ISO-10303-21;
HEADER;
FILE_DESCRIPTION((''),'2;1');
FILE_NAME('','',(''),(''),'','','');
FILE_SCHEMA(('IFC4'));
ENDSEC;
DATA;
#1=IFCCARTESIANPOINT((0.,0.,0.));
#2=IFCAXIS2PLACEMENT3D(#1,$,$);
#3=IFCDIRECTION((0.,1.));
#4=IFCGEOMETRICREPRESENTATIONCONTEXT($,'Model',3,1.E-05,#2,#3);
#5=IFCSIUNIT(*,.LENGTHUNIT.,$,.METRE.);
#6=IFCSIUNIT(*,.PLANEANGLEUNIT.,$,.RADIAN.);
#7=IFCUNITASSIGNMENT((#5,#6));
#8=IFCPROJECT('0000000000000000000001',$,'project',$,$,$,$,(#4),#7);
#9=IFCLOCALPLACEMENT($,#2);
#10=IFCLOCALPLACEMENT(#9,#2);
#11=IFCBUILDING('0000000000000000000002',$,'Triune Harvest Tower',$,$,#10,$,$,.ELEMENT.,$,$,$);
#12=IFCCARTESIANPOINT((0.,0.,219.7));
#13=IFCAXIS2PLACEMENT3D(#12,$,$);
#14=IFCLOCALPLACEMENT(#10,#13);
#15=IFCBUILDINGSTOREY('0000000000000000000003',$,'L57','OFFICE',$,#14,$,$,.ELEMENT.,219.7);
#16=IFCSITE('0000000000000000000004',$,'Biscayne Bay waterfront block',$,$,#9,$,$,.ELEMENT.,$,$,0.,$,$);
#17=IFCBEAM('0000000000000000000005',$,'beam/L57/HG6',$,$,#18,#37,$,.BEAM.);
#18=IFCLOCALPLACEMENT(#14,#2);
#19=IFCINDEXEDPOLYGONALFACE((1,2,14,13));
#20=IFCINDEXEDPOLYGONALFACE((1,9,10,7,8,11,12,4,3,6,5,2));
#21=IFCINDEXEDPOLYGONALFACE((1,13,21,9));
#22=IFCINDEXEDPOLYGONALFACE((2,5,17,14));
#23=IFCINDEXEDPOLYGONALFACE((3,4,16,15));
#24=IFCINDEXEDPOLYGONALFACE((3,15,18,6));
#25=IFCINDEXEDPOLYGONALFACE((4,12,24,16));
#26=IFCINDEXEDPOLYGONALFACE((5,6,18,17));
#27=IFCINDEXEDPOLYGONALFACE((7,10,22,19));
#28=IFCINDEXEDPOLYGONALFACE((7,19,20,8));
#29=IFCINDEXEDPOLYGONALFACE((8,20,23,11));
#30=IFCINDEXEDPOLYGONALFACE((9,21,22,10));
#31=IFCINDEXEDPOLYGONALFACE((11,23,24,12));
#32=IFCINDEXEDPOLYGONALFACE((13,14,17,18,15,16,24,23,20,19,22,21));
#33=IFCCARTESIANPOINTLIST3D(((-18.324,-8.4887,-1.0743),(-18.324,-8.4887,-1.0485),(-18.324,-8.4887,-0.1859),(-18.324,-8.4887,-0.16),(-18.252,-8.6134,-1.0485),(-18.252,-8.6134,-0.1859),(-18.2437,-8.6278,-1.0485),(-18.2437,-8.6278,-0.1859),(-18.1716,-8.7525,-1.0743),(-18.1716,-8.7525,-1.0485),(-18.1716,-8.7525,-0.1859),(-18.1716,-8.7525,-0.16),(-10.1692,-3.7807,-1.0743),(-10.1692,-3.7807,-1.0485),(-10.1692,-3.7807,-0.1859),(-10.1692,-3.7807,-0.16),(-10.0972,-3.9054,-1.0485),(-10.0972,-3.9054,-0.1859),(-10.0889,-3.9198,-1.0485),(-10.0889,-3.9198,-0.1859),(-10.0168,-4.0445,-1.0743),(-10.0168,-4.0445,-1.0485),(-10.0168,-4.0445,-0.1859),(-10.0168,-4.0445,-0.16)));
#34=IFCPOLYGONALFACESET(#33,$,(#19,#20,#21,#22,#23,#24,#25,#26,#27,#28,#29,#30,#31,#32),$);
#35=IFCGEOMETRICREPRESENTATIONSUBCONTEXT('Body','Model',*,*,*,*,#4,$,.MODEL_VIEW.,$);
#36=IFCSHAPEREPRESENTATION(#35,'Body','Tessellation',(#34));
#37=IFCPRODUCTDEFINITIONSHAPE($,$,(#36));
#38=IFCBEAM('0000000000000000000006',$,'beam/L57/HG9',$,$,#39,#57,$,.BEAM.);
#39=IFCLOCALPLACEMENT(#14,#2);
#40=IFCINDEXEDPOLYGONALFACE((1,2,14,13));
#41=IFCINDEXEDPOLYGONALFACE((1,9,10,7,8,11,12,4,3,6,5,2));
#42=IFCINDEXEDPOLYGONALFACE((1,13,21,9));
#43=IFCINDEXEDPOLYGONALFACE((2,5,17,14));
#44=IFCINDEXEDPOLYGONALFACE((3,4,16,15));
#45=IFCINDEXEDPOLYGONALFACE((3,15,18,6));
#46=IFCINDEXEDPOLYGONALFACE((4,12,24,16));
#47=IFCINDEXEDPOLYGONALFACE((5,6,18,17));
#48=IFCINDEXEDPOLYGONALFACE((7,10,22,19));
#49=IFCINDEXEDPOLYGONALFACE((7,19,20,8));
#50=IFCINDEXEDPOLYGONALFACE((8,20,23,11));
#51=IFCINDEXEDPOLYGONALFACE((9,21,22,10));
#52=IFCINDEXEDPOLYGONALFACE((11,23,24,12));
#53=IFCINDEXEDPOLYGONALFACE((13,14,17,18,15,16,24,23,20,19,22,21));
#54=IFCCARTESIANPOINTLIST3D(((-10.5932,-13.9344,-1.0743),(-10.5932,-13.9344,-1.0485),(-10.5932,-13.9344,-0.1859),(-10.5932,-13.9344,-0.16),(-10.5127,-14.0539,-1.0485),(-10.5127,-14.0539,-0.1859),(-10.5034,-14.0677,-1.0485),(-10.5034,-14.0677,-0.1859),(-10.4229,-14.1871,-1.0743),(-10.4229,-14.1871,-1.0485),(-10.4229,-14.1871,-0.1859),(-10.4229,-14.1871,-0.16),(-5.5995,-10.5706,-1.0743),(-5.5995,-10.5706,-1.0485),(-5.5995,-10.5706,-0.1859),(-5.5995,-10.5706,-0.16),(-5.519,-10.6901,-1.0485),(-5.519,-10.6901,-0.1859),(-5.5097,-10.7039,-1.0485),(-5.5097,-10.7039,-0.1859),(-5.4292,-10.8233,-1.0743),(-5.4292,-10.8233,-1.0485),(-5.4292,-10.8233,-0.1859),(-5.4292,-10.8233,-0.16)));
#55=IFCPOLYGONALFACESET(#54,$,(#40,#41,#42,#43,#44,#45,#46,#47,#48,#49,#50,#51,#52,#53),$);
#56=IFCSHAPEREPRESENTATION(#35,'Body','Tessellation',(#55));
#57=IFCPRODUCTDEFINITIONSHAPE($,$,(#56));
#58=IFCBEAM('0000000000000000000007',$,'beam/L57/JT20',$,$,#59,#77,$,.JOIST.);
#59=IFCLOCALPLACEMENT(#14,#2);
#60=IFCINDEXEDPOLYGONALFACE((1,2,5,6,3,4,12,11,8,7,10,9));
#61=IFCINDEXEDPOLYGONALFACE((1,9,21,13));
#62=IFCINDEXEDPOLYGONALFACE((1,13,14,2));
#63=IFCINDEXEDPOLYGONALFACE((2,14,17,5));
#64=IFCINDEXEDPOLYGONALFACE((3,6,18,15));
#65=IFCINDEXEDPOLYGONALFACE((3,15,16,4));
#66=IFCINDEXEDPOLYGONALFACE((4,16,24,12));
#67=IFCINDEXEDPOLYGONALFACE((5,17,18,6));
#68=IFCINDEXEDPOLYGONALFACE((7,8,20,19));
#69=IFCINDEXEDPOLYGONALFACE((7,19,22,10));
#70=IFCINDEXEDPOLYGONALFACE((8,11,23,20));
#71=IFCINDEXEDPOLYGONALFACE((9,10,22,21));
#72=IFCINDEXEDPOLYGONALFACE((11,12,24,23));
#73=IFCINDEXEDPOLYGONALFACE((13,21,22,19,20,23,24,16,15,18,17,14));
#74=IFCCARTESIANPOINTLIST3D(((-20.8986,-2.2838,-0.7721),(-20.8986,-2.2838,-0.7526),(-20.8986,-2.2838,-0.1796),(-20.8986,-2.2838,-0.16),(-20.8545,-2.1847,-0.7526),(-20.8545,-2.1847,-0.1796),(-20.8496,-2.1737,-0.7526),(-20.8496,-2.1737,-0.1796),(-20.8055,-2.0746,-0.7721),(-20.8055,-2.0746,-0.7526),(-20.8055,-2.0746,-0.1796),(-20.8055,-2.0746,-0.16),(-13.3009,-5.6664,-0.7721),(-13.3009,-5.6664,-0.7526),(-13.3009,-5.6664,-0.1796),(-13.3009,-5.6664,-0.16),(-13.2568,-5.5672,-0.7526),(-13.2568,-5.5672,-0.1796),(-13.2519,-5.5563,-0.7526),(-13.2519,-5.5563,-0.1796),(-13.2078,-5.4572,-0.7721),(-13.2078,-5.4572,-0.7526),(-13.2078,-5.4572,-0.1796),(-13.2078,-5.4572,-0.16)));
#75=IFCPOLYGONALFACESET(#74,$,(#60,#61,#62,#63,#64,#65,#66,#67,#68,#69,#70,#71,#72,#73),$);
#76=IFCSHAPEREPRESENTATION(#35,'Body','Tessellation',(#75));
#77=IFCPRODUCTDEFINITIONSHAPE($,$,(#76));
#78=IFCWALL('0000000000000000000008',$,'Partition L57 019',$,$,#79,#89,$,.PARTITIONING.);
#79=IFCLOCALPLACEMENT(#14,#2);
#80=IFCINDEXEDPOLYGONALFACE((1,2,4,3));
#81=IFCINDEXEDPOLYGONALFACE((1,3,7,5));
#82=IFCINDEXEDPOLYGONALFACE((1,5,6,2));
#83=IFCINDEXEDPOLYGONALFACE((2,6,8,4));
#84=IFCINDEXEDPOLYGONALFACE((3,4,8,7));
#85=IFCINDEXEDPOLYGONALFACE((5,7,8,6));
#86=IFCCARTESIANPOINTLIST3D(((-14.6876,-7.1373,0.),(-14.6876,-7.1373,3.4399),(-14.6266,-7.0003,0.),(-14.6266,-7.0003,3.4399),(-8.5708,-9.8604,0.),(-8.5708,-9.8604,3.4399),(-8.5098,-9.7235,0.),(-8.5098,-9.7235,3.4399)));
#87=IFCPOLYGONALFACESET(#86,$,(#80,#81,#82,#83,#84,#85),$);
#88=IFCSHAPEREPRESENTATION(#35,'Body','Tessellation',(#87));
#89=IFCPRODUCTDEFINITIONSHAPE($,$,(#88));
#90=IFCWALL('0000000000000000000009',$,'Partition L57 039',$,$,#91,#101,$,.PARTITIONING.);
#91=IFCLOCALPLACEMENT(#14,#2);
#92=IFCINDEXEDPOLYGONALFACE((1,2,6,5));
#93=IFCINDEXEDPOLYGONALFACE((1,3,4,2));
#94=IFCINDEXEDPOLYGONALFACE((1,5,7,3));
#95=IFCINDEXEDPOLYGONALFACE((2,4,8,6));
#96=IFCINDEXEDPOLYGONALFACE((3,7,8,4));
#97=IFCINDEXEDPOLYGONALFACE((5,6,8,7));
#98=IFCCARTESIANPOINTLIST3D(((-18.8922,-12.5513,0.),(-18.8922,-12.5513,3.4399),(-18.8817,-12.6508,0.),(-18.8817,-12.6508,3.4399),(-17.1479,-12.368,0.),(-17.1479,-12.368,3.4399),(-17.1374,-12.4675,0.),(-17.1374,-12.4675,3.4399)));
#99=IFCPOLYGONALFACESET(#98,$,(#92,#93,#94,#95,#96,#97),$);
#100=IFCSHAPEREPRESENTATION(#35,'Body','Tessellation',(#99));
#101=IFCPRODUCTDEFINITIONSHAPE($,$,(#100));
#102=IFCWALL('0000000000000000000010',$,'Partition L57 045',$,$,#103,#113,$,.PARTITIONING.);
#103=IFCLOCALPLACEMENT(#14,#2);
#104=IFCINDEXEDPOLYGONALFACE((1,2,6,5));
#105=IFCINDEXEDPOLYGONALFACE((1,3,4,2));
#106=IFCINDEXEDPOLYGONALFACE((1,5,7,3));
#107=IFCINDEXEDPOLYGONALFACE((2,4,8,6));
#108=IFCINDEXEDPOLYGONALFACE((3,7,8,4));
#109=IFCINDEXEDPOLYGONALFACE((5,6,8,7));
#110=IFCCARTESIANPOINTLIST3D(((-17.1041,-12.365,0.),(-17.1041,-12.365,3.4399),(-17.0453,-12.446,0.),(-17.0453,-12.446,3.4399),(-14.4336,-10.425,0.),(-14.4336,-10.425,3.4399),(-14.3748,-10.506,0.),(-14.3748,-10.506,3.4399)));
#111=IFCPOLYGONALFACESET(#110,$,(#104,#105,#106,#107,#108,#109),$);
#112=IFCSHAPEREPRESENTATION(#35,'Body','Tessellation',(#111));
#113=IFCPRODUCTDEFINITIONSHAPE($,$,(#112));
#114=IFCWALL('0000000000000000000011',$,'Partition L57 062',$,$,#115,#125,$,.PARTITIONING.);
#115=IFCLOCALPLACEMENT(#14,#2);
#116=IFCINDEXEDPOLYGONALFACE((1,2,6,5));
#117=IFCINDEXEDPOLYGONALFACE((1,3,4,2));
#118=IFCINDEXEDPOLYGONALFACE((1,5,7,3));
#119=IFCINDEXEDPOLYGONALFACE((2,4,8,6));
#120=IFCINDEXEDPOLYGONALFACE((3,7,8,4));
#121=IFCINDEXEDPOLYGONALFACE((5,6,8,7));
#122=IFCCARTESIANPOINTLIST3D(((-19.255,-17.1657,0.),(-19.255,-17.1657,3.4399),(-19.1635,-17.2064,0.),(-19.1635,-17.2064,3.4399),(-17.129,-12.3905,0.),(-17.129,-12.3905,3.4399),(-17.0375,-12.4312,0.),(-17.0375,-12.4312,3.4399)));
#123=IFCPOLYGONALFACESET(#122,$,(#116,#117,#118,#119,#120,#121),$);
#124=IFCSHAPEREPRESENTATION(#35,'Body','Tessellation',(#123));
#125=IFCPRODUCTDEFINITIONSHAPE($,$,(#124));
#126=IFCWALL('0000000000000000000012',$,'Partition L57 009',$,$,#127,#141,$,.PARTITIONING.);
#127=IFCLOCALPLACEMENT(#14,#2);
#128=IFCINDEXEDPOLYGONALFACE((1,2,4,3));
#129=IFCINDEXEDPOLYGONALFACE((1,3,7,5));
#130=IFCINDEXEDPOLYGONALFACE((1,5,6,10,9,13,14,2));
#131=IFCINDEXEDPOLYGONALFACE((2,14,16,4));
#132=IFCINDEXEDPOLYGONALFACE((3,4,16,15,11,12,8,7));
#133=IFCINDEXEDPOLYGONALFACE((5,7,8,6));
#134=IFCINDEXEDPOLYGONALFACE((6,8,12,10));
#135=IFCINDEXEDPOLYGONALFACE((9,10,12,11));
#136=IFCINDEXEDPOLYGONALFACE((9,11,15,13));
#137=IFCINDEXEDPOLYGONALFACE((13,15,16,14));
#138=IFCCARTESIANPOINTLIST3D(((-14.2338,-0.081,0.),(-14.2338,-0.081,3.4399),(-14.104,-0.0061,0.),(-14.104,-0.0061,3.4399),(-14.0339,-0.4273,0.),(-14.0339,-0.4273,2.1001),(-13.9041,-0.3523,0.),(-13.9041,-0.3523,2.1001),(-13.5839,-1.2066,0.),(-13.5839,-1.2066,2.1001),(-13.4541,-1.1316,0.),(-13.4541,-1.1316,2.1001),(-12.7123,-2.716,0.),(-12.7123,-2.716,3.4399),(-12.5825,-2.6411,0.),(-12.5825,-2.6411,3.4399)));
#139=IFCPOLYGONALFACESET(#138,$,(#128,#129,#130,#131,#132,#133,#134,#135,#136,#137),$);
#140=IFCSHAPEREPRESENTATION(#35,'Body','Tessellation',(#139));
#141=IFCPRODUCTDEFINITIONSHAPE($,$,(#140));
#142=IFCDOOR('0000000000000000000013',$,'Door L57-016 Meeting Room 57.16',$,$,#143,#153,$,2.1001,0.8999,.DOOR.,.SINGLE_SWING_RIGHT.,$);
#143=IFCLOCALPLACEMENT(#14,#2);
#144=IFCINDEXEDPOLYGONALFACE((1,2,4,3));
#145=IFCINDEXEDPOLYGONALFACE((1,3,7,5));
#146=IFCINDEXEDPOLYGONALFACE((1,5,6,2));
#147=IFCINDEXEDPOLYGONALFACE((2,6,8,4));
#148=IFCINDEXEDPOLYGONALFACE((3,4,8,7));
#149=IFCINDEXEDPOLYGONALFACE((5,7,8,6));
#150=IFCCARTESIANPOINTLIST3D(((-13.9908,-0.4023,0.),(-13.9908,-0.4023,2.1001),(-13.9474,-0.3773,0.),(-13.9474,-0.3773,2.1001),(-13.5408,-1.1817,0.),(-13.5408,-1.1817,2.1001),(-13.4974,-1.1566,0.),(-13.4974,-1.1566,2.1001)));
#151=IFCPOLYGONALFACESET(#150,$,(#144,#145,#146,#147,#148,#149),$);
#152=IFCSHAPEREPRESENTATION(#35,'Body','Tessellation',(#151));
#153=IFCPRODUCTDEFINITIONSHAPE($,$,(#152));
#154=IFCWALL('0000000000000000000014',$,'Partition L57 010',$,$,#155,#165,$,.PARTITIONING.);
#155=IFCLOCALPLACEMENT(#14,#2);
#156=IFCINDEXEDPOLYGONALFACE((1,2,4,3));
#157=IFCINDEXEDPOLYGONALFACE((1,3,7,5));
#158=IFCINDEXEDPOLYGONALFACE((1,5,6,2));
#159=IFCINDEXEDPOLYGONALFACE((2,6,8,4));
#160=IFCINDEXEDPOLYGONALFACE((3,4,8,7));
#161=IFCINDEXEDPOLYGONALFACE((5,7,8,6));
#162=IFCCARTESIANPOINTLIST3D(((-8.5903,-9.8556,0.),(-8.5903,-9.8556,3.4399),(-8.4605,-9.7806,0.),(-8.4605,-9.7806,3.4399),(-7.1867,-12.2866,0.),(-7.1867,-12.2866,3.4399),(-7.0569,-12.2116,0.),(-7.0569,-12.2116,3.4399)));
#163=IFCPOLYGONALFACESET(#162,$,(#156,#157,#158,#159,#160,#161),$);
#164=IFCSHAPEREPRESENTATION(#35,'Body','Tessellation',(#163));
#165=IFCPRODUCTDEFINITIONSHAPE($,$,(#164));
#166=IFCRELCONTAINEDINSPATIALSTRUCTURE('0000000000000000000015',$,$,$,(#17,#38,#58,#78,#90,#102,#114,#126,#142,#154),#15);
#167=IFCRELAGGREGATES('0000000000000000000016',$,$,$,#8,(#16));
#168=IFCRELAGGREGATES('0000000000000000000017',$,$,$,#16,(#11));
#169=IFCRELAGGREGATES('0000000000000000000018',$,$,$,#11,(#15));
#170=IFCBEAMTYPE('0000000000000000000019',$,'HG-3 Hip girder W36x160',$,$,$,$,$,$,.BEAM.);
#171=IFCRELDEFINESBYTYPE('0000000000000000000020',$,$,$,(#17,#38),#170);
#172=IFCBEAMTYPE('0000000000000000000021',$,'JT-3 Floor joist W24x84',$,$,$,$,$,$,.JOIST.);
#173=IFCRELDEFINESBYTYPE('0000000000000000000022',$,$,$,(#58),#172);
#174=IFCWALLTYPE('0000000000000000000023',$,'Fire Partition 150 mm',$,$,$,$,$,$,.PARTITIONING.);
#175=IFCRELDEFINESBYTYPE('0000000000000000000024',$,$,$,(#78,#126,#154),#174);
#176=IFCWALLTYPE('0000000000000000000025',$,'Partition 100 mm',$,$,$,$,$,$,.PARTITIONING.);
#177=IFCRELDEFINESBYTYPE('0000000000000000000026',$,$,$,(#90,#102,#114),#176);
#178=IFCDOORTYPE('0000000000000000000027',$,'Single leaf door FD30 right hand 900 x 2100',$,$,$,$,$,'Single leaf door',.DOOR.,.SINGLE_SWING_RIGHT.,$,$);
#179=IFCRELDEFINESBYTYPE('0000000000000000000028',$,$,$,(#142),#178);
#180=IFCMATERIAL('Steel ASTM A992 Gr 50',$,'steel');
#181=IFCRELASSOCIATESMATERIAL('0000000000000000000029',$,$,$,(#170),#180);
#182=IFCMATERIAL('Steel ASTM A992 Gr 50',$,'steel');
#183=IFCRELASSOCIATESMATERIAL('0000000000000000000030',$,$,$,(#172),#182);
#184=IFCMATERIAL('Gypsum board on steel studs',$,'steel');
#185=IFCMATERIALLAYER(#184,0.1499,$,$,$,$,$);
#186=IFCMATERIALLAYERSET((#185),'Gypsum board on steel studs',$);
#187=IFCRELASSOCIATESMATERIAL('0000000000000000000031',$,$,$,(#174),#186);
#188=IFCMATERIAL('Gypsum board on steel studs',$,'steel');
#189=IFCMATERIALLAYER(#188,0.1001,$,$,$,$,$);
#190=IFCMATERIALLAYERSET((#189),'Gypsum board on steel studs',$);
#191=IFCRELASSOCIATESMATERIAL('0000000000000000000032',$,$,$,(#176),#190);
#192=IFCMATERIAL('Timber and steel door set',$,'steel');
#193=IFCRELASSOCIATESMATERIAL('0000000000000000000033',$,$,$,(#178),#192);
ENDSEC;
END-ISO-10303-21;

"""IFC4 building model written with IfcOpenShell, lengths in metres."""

from ifc_helpers import new_model, si_unit, direction, frame, frame_2d, origin, origin_2d, place, context, subcontext, project, spatial, rectangle, i_section, extrude, source, transform, mapped, material, layer, layer_set, material_profile, profile_set, type_object, element, fill, save


model = new_model("IFC4")

# Units and contexts
model_context = context("Model", 3, precision=1e-05, world=origin(), true_north=direction((0.0, 1.0)))
body_context = subcontext(model_context, "Body", "Model", "MODEL_VIEW")
ifc_project = project(units=[si_unit("LENGTHUNIT", "METRE"), si_unit("PLANEANGLEUNIT", "RADIAN")], contexts=[model_context])

# Site, building, storey
site_placement = place(None, origin())
site = spatial("IfcSite", under=ifc_project, at=site_placement, Name="Biscayne Bay waterfront block", CompositionType="ELEMENT", RefElevation=0.0)
building_placement = place(site_placement, origin())
building = spatial("IfcBuilding", under=site, at=building_placement, Name="Triune Harvest Tower", CompositionType="ELEMENT")
storey_placement = place(building_placement, frame((0.0, 0.0, 219.7)))
storey = spatial("IfcBuildingStorey", under=building, at=storey_placement, Name="L57", Description="OFFICE", CompositionType="ELEMENT", Elevation=219.7)

# Beams
ifc_material_1 = material(Name="Steel ASTM A992 Gr 50", Category="steel")
ifc_material_profile_1 = material_profile(ifc_material_1, i_section(OverallWidth=0.3047, OverallDepth=0.9143, WebThickness=0.0166, FlangeThickness=0.0259, at=origin_2d()), Name="W36x160")
ifc_profile_set_1 = profile_set([ifc_material_profile_1], Name="Steel ASTM A992 Gr 50")
beam_type_1 = type_object("IfcBeamType", Name="HG-3 Hip girder W36x160", PredefinedType="BEAM", material=ifc_profile_set_1)
shared_shape_1 = source(origin(), body_context, "Body", "SweptSolid", [
    extrude(i_section(OverallWidth=0.3047, OverallDepth=0.9143, WebThickness=0.0166, FlangeThickness=0.0259, at=origin_2d()), origin(), (0.0, 0.0, 1.0), 9.4163),
])
beam_1_placement = place(storey_placement, frame((-18.2478, -8.6206, -0.6172), z_axis=(0.866033, 0.499987, 0.0), x_axis=(-0.499987, 0.866033, 0.0)))
element("IfcBeam", 1, at=beam_1_placement, inside=storey, type_object=beam_type_1, Name="beam/L57/HG6", PredefinedType="BEAM", context=body_context, shape_type="MappedRepresentation", body=[
    mapped(shared_shape_1, transform((0.0, 0.0, 0.0), scale=1.0)),
])
shared_shape_2 = source(origin(), body_context, "Body", "SweptSolid", [
    extrude(i_section(OverallWidth=0.3047, OverallDepth=0.9143, WebThickness=0.0166, FlangeThickness=0.0259, at=origin_2d()), origin(), (0.0, 0.0, 1.0), 6.021),
])
beam_2_placement = place(storey_placement, frame((-10.5081, -14.0608, -0.6172), z_axis=(0.829383, 0.55868, 0.0), x_axis=(-0.55868, 0.829383, 0.0)))
element("IfcBeam", 2, at=beam_2_placement, inside=storey, type_object=beam_type_1, Name="beam/L57/HG9", PredefinedType="BEAM", context=body_context, shape_type="MappedRepresentation", body=[
    mapped(shared_shape_2, transform((0.0, 0.0, 0.0), scale=1.0)),
])
ifc_material_2 = material(Name="Steel ASTM A992 Gr 50", Category="steel")
ifc_material_profile_2 = material_profile(ifc_material_2, i_section(OverallWidth=0.229, OverallDepth=0.6121, WebThickness=0.012, FlangeThickness=0.0195, at=origin_2d()), Name="W24x84")
ifc_profile_set_2 = profile_set([ifc_material_profile_2], Name="Steel ASTM A992 Gr 50")
beam_type_2 = type_object("IfcBeamType", Name="JT-3 Floor joist W24x84", PredefinedType="JOIST", material=ifc_profile_set_2)
shared_shape_3 = source(origin(), body_context, "Body", "SweptSolid", [
    extrude(i_section(OverallWidth=0.229, OverallDepth=0.6121, WebThickness=0.012, FlangeThickness=0.0195, at=origin_2d()), origin(), (0.0, 0.0, 1.0), 8.3167),
])
beam_3_placement = place(storey_placement, frame((-20.8521, -2.1792, -0.4661), z_axis=(0.913551, -0.406724, 0.0), x_axis=(0.406724, 0.913551, 0.0)))
element("IfcBeam", 3, at=beam_3_placement, inside=storey, type_object=beam_type_2, Name="beam/L57/JT20", PredefinedType="JOIST", context=body_context, shape_type="MappedRepresentation", body=[
    mapped(shared_shape_3, transform((0.0, 0.0, 0.0), scale=1.0)),
])

# Walls
ifc_material_3 = material(Name="Gypsum board on steel studs", Category="steel")
ifc_layer_1 = layer(ifc_material_3, 0.1499)
ifc_layer_set_1 = layer_set([ifc_layer_1], Name="Gypsum board on steel studs")
wall_type_1 = type_object("IfcWallType", Name="Fire Partition 150 mm", PredefinedType="PARTITIONING", material=ifc_layer_set_1)
wall_1_placement = place(storey_placement, frame((-14.657, -7.0688, 0.0), z_axis=(0.0, 0.0, 1.0), x_axis=(0.913556, -0.406714, 0.0)))
element("IfcWall", 4, at=wall_1_placement, inside=storey, type_object=wall_type_1, Name="Partition L57 019", PredefinedType="PARTITIONING", context=body_context, shape_type="SweptSolid", body=[
    extrude(rectangle(XDim=6.6956, YDim=0.1499, at=frame_2d((3.3477, 0.0))), origin(), (0.0, 0.0, 1.0), 3.4399),
])
ifc_material_4 = material(Name="Gypsum board on steel studs", Category="steel")
ifc_layer_2 = layer(ifc_material_4, 0.1001)
ifc_layer_set_2 = layer_set([ifc_layer_2], Name="Gypsum board on steel studs")
wall_type_2 = type_object("IfcWallType", Name="Partition 100 mm", PredefinedType="PARTITIONING", material=ifc_layer_set_2)
wall_2_placement = place(storey_placement, frame((-18.887, -12.6011, 0.0), z_axis=(0.0, 0.0, 1.0), x_axis=(0.994521, 0.104533, 0.0)))
element("IfcWall", 5, at=wall_2_placement, inside=storey, type_object=wall_type_2, Name="Partition L57 039", PredefinedType="PARTITIONING", context=body_context, shape_type="SweptSolid", body=[
    extrude(rectangle(XDim=1.7539, YDim=0.1001, at=frame_2d((0.877, 0.0))), origin(), (0.0, 0.0, 1.0), 3.4399),
])
wall_3_placement = place(storey_placement, frame((-17.0747, -12.4055, 0.0), z_axis=(0.0, 0.0, 1.0), x_axis=(0.809049, 0.587741, 0.0)))
element("IfcWall", 6, at=wall_3_placement, inside=storey, type_object=wall_type_2, Name="Partition L57 045", PredefinedType="PARTITIONING", context=body_context, shape_type="SweptSolid", body=[
    extrude(rectangle(XDim=3.3008, YDim=0.1001, at=frame_2d((1.6504, 0.0))), origin(), (0.0, 0.0, 1.0), 3.4399),
])
wall_4_placement = place(storey_placement, frame((-19.2092, -17.186, 0.0), z_axis=(0.0, 0.0, 1.0), x_axis=(0.406728, 0.913549, 0.0)))
element("IfcWall", 7, at=wall_4_placement, inside=storey, type_object=wall_type_2, Name="Partition L57 062", PredefinedType="PARTITIONING", context=body_context, shape_type="SweptSolid", body=[
    extrude(rectangle(XDim=5.2271, YDim=0.1001, at=frame_2d((2.6135, 0.0))), origin(), (0.0, 0.0, 1.0), 3.4399),
])

# Wall, opening, door
shared_shape_4 = source(origin(), body_context, "Body", "SweptSolid", [
    extrude(rectangle(XDim=3.0427, YDim=0.1499, at=frame_2d((1.5215, 0.0))), origin(), (0.0, 0.0, 1.0), 3.4399),
])
wall_5_placement = place(storey_placement, frame((-14.1689, -0.0435, 0.0), z_axis=(0.0, 0.0, 1.0), x_axis=(0.50004, -0.866003, 0.0)))
wall_5 = element("IfcWall", 8, at=wall_5_placement, inside=storey, type_object=wall_type_1, Name="Partition L57 009", PredefinedType="PARTITIONING", context=body_context, shape_type="MappedRepresentation", body=[
    mapped(shared_shape_4, transform((0.0, 0.0, 0.0), scale=1.0)),
])
opening_placement = place(wall_5_placement, frame((0.3999, 0.0, 0.0)))
opening = element("IfcOpeningElement", 9, at=opening_placement, cuts=wall_5, PredefinedType="OPENING", context=body_context, shape_type="SweptSolid", body=[
    extrude(rectangle(XDim=0.8999, YDim=2.1001, at=frame_2d((0.45, 1.05))), frame((0.0, 0.085, 0.0), z_axis=(0.0, -1.0, 0.0), x_axis=(1.0, 0.0, 0.0)), (0.0, 0.0, 1.0), 0.1699),
])
ifc_material_5 = material(Name="Timber and steel door set", Category="steel")
door_type = type_object("IfcDoorType", Name="Single leaf door FD30 right hand 900 x 2100", ElementType="Single leaf door", OperationType="SINGLE_SWING_RIGHT", PredefinedType="DOOR", material=ifc_material_5)
door_placement = place(opening_placement, origin())
door = element("IfcDoor", 10, at=door_placement, inside=storey, type_object=door_type, Name="Door L57-016 Meeting Room 57.16", OperationType="SINGLE_SWING_RIGHT", OverallHeight=2.1001, OverallWidth=0.8999, PredefinedType="DOOR", context=body_context, shape_type="SweptSolid", body=[
    extrude(rectangle(XDim=0.8999, YDim=2.1001, at=frame_2d((0.45, 1.05))), frame((0.0, 0.0249, 0.0), z_axis=(0.0, -1.0, 0.0), x_axis=(1.0, 0.0, 0.0)), (0.0, 0.0, 1.0), 0.05),
])
fill(opening, door)

# Wall
shared_shape_5 = source(origin(), body_context, "Body", "SweptSolid", [
    extrude(rectangle(XDim=2.8071, YDim=0.1499, at=frame_2d((1.4036, 0.0))), origin(), (0.0, 0.0, 1.0), 3.4399),
])
wall_6_placement = place(storey_placement, frame((-8.5254, -9.8181, 0.0), z_axis=(0.0, 0.0, 1.0), x_axis=(0.500021, -0.866013, 0.0)))
element("IfcWall", 11, at=wall_6_placement, inside=storey, type_object=wall_type_1, Name="Partition L57 010", PredefinedType="PARTITIONING", context=body_context, shape_type="MappedRepresentation", body=[
    mapped(shared_shape_5, transform((0.0, 0.0, 0.0), scale=1.0)),
])

save(model, "model.ifc")
